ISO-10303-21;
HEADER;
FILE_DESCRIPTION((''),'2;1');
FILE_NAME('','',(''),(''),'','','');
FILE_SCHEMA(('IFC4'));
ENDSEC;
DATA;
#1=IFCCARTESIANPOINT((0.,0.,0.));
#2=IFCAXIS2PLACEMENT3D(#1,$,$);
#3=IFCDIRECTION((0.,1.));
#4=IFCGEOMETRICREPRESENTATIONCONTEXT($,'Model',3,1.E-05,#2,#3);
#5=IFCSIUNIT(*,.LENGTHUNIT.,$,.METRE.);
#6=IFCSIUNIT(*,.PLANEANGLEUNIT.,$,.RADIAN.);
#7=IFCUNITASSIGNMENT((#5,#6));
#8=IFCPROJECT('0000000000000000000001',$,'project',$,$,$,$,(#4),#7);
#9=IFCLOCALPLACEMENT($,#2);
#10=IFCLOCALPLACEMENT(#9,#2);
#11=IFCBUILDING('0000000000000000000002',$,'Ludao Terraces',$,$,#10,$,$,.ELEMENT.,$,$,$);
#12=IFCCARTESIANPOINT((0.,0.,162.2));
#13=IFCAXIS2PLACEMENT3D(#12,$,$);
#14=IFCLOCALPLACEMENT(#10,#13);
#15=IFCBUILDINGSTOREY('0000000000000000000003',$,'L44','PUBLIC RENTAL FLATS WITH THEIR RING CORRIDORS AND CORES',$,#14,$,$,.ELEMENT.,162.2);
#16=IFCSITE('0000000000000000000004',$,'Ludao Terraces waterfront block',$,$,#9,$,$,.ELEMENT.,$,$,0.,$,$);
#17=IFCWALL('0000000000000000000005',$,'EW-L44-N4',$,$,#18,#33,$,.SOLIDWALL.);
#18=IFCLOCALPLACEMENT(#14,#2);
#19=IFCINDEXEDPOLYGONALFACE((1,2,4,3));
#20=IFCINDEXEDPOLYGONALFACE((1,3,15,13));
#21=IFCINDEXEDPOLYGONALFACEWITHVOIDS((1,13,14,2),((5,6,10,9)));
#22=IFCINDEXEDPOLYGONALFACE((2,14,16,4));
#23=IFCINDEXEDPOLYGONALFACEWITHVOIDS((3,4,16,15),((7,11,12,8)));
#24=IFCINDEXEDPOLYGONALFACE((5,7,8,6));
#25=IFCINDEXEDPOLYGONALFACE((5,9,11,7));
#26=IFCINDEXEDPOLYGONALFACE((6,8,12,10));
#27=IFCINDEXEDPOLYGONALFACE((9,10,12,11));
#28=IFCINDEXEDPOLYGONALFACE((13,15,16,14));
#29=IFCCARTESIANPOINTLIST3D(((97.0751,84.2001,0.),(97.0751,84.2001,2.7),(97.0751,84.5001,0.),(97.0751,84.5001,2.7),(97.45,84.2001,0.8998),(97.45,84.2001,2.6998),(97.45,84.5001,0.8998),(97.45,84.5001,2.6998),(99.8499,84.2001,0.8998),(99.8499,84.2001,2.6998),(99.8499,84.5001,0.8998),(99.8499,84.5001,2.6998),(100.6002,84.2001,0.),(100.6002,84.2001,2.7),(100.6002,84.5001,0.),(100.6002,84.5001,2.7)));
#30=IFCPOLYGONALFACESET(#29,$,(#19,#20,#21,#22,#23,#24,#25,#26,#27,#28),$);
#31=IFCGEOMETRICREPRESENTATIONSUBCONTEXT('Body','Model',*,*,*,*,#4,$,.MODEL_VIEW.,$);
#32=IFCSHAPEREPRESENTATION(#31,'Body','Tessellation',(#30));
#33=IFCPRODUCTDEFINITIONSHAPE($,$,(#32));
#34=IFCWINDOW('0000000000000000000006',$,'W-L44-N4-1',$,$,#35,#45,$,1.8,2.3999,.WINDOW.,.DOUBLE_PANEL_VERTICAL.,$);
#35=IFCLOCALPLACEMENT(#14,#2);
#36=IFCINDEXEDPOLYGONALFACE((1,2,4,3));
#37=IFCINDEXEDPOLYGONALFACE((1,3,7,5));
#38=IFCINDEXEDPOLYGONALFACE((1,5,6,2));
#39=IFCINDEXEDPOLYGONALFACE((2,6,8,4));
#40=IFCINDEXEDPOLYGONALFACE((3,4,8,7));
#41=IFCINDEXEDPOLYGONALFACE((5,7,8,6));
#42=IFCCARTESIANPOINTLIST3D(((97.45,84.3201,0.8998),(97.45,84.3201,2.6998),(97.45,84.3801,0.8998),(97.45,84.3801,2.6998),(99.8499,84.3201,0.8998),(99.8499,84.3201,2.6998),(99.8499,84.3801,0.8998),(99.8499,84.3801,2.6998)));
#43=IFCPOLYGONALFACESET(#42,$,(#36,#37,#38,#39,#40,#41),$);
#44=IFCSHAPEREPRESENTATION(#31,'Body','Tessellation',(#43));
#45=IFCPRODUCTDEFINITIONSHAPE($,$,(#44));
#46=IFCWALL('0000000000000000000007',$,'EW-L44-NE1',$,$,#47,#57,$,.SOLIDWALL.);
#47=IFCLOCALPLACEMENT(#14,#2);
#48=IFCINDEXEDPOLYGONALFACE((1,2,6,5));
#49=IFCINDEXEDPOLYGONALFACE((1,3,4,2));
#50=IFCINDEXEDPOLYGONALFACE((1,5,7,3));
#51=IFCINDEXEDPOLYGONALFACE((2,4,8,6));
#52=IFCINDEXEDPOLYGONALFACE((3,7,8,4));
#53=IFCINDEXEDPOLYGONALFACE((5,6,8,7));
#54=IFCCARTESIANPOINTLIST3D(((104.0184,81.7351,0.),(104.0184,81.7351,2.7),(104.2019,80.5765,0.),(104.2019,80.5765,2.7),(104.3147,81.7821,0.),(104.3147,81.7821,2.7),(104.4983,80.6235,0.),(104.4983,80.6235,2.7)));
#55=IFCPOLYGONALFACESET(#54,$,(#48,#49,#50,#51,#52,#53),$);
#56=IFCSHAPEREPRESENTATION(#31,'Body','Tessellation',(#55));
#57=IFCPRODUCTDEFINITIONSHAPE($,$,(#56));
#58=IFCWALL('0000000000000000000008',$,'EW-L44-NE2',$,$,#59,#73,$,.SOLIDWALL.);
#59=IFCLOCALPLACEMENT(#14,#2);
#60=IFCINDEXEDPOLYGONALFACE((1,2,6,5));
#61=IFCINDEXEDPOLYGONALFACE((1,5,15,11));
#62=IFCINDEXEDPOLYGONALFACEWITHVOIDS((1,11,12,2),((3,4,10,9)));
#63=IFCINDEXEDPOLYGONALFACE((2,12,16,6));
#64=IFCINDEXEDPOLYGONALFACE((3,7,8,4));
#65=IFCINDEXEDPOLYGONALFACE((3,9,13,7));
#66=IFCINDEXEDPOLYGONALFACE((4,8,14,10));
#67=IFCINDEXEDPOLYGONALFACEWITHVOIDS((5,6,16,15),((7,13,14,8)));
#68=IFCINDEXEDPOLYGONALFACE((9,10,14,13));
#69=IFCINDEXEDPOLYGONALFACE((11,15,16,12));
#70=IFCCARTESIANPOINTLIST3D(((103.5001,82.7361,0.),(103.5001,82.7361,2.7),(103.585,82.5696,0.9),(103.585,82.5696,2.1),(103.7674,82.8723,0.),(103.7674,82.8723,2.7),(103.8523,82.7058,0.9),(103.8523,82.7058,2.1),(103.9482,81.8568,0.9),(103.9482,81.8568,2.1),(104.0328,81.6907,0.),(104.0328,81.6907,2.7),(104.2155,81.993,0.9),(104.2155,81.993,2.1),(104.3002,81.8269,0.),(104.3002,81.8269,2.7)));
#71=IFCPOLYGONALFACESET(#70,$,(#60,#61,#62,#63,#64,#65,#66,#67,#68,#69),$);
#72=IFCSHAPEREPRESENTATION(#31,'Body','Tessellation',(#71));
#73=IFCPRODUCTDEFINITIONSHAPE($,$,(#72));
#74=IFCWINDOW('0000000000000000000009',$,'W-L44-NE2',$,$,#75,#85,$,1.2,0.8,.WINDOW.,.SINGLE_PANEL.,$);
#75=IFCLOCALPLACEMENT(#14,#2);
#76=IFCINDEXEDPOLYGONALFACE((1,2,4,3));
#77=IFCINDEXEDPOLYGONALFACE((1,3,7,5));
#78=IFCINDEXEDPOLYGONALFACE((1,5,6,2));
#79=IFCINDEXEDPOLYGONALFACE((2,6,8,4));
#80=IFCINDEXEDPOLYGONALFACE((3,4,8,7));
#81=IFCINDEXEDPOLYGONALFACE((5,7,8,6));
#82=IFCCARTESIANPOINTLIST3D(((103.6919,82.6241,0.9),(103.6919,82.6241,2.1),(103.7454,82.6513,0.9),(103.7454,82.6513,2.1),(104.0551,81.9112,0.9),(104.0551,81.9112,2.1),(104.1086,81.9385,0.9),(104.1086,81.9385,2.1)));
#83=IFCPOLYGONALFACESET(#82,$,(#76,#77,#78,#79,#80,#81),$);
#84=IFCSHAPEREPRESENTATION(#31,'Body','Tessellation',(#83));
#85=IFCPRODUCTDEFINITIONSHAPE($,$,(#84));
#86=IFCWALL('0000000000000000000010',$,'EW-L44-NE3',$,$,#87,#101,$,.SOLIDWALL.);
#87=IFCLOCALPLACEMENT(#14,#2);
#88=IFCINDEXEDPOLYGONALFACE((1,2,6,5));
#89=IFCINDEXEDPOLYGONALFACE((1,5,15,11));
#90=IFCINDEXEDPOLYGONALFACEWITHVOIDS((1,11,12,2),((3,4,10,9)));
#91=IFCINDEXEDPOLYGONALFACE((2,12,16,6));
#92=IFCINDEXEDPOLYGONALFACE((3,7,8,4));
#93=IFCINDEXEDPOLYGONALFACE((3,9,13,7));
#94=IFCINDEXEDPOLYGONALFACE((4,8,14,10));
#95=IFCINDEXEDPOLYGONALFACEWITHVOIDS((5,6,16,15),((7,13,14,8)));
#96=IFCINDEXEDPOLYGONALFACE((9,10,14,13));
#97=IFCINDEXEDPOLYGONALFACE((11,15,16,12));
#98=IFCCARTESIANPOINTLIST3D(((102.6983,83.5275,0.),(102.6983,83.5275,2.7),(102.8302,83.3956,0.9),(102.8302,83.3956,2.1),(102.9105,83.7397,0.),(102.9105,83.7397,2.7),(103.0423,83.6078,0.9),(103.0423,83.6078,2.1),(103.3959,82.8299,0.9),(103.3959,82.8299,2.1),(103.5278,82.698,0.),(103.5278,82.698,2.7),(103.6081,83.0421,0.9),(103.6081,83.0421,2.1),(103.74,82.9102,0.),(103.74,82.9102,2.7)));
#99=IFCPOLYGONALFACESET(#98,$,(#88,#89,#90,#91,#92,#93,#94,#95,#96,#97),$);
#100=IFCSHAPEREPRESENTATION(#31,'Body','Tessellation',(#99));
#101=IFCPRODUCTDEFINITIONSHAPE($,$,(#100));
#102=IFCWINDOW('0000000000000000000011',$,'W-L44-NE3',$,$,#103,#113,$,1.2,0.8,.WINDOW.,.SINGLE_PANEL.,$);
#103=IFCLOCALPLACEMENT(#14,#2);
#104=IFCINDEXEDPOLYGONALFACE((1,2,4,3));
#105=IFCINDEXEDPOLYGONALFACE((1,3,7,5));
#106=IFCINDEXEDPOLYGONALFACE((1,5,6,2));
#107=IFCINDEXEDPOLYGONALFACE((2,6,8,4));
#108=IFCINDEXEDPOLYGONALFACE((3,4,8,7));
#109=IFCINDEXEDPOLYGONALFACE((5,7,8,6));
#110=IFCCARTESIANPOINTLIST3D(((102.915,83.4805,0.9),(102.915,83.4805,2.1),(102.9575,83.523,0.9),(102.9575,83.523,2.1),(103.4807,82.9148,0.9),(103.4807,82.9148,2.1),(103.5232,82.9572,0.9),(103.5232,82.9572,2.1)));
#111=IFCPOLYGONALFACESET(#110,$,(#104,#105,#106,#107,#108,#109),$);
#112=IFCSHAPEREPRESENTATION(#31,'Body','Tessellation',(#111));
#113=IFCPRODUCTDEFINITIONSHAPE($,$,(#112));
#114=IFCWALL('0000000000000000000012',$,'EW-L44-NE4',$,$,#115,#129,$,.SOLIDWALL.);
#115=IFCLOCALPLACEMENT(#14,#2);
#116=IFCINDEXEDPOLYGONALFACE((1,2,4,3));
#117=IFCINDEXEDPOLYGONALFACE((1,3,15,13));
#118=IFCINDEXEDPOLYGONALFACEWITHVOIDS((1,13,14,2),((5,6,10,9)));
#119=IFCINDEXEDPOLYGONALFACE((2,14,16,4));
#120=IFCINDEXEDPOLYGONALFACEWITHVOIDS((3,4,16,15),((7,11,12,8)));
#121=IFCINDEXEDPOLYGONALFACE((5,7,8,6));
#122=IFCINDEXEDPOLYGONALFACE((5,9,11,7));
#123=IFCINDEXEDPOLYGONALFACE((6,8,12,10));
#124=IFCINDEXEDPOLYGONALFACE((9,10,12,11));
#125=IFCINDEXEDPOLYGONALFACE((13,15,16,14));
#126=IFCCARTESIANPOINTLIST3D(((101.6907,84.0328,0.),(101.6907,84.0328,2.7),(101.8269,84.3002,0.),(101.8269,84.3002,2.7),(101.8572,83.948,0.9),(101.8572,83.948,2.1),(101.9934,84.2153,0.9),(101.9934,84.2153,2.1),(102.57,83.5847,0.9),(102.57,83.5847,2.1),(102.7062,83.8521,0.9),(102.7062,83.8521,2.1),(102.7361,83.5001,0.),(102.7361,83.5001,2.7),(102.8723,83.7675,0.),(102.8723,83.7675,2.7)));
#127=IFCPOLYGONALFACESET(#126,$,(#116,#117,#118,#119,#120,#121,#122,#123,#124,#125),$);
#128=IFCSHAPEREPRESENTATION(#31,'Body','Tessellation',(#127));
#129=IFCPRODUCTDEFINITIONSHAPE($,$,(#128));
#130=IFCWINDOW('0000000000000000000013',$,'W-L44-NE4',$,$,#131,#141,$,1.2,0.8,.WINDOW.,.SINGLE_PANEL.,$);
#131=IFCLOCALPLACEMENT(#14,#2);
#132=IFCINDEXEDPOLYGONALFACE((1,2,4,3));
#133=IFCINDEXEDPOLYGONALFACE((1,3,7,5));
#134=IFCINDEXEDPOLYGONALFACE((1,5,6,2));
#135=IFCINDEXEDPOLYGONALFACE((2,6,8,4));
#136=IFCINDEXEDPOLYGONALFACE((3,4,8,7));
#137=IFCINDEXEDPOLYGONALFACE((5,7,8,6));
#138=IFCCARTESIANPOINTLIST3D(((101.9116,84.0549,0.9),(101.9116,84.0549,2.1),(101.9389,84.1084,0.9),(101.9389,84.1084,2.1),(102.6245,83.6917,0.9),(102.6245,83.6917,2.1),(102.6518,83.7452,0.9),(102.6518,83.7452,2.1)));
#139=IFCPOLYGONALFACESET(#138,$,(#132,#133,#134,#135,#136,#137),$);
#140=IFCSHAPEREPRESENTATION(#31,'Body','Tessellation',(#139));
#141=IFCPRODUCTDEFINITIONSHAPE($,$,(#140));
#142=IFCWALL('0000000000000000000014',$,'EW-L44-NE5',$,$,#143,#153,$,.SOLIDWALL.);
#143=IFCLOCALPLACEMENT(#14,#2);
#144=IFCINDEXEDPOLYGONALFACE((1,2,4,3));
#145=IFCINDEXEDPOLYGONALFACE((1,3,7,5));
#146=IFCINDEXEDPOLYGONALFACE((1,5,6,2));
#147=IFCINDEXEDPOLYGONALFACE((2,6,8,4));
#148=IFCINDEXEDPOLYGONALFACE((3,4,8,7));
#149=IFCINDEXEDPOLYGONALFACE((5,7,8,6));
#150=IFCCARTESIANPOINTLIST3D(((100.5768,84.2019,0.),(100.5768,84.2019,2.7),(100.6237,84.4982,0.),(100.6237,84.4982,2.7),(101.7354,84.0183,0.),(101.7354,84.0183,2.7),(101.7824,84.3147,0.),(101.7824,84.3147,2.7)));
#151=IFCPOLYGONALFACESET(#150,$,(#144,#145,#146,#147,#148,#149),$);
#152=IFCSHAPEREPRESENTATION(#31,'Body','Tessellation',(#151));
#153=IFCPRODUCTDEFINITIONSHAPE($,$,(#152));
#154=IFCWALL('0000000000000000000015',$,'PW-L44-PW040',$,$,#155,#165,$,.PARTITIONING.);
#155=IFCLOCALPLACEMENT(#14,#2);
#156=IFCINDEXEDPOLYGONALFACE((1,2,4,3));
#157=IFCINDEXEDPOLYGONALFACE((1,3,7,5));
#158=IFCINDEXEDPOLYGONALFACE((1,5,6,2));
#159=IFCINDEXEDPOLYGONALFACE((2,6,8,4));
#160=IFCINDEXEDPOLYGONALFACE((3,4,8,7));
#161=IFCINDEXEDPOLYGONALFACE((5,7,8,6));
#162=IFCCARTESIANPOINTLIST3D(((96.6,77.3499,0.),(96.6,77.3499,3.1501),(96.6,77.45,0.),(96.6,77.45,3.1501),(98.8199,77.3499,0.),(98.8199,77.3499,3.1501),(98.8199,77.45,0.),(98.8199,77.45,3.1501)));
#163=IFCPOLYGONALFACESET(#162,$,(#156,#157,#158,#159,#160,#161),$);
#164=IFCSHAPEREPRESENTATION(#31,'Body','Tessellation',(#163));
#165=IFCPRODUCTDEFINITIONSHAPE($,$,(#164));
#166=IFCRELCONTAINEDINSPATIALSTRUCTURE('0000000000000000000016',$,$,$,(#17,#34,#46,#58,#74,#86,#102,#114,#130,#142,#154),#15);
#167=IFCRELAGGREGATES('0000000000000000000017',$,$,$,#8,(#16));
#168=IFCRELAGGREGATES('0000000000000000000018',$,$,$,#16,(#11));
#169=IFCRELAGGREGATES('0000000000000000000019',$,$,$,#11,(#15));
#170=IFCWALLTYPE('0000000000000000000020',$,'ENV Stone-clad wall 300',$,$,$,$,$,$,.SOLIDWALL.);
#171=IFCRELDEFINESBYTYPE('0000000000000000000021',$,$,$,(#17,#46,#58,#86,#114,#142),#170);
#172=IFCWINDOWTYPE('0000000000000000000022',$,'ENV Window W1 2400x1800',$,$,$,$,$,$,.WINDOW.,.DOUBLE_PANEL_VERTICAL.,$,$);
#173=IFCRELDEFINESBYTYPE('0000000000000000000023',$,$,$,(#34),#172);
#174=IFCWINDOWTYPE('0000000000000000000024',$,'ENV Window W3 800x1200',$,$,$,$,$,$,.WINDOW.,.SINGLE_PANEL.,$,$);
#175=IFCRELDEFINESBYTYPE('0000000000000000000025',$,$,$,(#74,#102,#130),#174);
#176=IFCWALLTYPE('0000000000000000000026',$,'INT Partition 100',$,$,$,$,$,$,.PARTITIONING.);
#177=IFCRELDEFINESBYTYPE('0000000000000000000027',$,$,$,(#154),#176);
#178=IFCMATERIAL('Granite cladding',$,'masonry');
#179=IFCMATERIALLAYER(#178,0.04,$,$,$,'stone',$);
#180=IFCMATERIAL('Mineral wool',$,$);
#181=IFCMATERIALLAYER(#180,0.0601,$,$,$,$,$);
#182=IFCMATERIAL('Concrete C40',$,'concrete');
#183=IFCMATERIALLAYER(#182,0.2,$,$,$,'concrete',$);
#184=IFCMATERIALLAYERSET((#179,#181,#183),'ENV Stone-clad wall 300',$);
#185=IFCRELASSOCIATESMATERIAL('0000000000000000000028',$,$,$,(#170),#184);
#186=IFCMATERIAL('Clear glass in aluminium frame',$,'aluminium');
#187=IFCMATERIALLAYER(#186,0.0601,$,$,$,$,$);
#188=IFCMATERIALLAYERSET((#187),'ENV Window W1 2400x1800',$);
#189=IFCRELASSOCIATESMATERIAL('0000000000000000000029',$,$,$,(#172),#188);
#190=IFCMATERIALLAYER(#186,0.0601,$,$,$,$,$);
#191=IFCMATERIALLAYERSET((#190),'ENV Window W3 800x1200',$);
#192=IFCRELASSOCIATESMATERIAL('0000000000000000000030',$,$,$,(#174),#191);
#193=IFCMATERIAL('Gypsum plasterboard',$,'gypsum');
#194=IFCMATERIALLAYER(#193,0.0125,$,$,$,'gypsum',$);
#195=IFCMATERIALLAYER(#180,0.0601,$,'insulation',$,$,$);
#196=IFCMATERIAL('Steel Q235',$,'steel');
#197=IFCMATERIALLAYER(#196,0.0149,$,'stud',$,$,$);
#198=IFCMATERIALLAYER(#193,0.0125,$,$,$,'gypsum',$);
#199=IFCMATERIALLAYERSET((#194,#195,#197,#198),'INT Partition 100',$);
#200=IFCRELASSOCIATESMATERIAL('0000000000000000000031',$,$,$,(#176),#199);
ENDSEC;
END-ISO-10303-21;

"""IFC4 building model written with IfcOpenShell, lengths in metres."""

from ifc_helpers import new_model, si_unit, direction, frame, frame_2d, origin, place, context, subcontext, project, spatial, rectangle, extrude, material, layer, layer_set, type_object, element, fill, save


model = new_model("IFC4")

# Units and contexts
model_context = context("Model", 3, precision=1e-05, world=origin(), true_north=direction((0.0, 1.0)))
body_context = subcontext(model_context, "Body", "Model", "MODEL_VIEW")
ifc_project = project(units=[si_unit("LENGTHUNIT", "METRE"), si_unit("PLANEANGLEUNIT", "RADIAN")], contexts=[model_context])

# Site, building, storey
site_placement = place(None, origin())
site = spatial("IfcSite", under=ifc_project, at=site_placement, Name="Ludao Terraces waterfront block", CompositionType="ELEMENT", RefElevation=0.0)
building_placement = place(site_placement, origin())
building = spatial("IfcBuilding", under=site, at=building_placement, Name="Ludao Terraces", CompositionType="ELEMENT")
storey_placement = place(building_placement, frame((0.0, 0.0, 162.2)))
storey = spatial("IfcBuildingStorey", under=building, at=storey_placement, Name="L44", Description="PUBLIC RENTAL FLATS WITH THEIR RING CORRIDORS AND CORES", CompositionType="ELEMENT", Elevation=162.2)

# Shared definitions
ifc_material_1 = material(Name="Concrete C40", Category="concrete")

# Shared definitions
ifc_material_2 = material(Name="Steel Q235", Category="steel")

# Shared definitions
ifc_material_3 = material(Name="Granite cladding", Category="masonry")
ifc_layer_1 = layer(ifc_material_3, 0.04, Category="stone")
ifc_material_4 = material(Name="Mineral wool")
ifc_layer_2 = layer(ifc_material_4, 0.0601)
ifc_layer_3 = layer(ifc_material_1, 0.2, Category="concrete")
ifc_layer_set_1 = layer_set([ifc_layer_1, ifc_layer_2, ifc_layer_3], Name="ENV Stone-clad wall 300")
wall_type_1 = type_object("IfcWallType", Name="ENV Stone-clad wall 300", PredefinedType="SOLIDWALL", material=ifc_layer_set_1)
ifc_material_5 = material(Name="Clear glass in aluminium frame", Category="aluminium")
ifc_layer_4 = layer(ifc_material_5, 0.0601)
ifc_layer_set_2 = layer_set([ifc_layer_4], Name="ENV Window W1 2400x1800")
window_type_1 = type_object("IfcWindowType", Name="ENV Window W1 2400x1800", PartitioningType="DOUBLE_PANEL_VERTICAL", PredefinedType="WINDOW", material=ifc_layer_set_2)

# Wall, opening, window
wall_1_placement = place(storey_placement, frame((97.075, 84.3501, 0.0), z_axis=(0.0, 0.0, 1.0), x_axis=(1.0, 0.0, 0.0)))
wall_1 = element("IfcWall", 1, at=wall_1_placement, inside=storey, type_object=wall_type_1, Name="EW-L44-N4", PredefinedType="SOLIDWALL", context=body_context, shape_type="SweptSolid", body=[
    extrude(rectangle(XDim=3.5251, YDim=0.3, at=frame_2d((1.7627, 0.0))), origin(), (0.0, 0.0, 1.0), 2.7),
])
opening_1_placement = place(wall_1_placement, frame((0.375, 0.0, 0.8999)))
opening_1 = element("IfcOpeningElement", 2, at=opening_1_placement, cuts=wall_1, PredefinedType="OPENING", context=body_context, shape_type="SweptSolid", body=[
    extrude(rectangle(XDim=2.3999, YDim=1.8, at=frame_2d((1.2, 0.8999))), frame((0.0, 0.1602, 0.0), z_axis=(0.0, -1.0, 0.0), x_axis=(1.0, 0.0, 0.0)), (0.0, 0.0, 1.0), 0.3201),
])
window_1_placement = place(opening_1_placement, origin())
window_1 = element("IfcWindow", 3, at=window_1_placement, inside=storey, type_object=window_type_1, Name="W-L44-N4-1", OverallHeight=1.8, OverallWidth=2.3999, PartitioningType="DOUBLE_PANEL_VERTICAL", PredefinedType="WINDOW", context=body_context, shape_type="SweptSolid", body=[
    extrude(rectangle(XDim=2.3999, YDim=1.8, at=frame_2d((1.2, 0.8999))), frame((0.0, 0.03, 0.0), z_axis=(0.0, -1.0, 0.0), x_axis=(1.0, 0.0, 0.0)), (0.0, 0.0, 1.0), 0.0601),
])
fill(opening_1, window_1)

# Wall
wall_2_placement = place(storey_placement, frame((104.3501, 80.6001, 0.0), z_axis=(0.0, 0.0, 1.0), x_axis=(-0.156497, 0.987678, 0.0)))
element("IfcWall", 4, at=wall_2_placement, inside=storey, type_object=wall_type_1, Name="EW-L44-NE1", PredefinedType="SOLIDWALL", context=body_context, shape_type="SweptSolid", body=[
    extrude(rectangle(XDim=1.1731, YDim=0.3, at=frame_2d((0.5864, 0.0))), origin(), (0.0, 0.0, 1.0), 2.7),
])

# Walls, openings, windows
wall_3_placement = place(storey_placement, frame((104.1665, 81.7588, 0.0), z_axis=(0.0, 0.0, 1.0), x_axis=(-0.454026, 0.890989, 0.0)))
wall_3 = element("IfcWall", 5, at=wall_3_placement, inside=storey, type_object=wall_type_1, Name="EW-L44-NE2", PredefinedType="SOLIDWALL", context=body_context, shape_type="SweptSolid", body=[
    extrude(rectangle(XDim=1.1733, YDim=0.3, at=frame_2d((0.5867, 0.0))), origin(), (0.0, 0.0, 1.0), 2.7),
])
opening_2_placement = place(wall_3_placement, frame((0.1865, 0.0, 0.8999)))
opening_2 = element("IfcOpeningElement", 6, at=opening_2_placement, cuts=wall_3, PredefinedType="OPENING", context=body_context, shape_type="SweptSolid", body=[
    extrude(rectangle(XDim=0.8, YDim=1.2, at=frame_2d((0.3999, 0.6001))), frame((0.0, 0.1602, 0.0), z_axis=(0.0, -1.0, 0.0), x_axis=(1.0, 0.0, 0.0)), (0.0, 0.0, 1.0), 0.3201),
])
ifc_layer_5 = layer(ifc_material_5, 0.0601)
ifc_layer_set_3 = layer_set([ifc_layer_5], Name="ENV Window W3 800x1200")
window_type_2 = type_object("IfcWindowType", Name="ENV Window W3 800x1200", PartitioningType="SINGLE_PANEL", PredefinedType="WINDOW", material=ifc_layer_set_3)
window_2_placement = place(opening_2_placement, origin())
window_2 = element("IfcWindow", 7, at=window_2_placement, inside=storey, type_object=window_type_2, Name="W-L44-NE2", OverallHeight=1.2, OverallWidth=0.8, PartitioningType="SINGLE_PANEL", PredefinedType="WINDOW", context=body_context, shape_type="SweptSolid", body=[
    extrude(rectangle(XDim=0.8, YDim=1.2, at=frame_2d((0.3999, 0.6001))), frame((0.0, 0.03, 0.0), z_axis=(0.0, -1.0, 0.0), x_axis=(1.0, 0.0, 0.0)), (0.0, 0.0, 1.0), 0.0601),
])
fill(opening_2, window_2)
wall_4_placement = place(storey_placement, frame((103.6338, 82.8042, 0.0), z_axis=(0.0, 0.0, 1.0), x_axis=(-0.707107, 0.707107, 0.0)))
wall_4 = element("IfcWall", 8, at=wall_4_placement, inside=storey, type_object=wall_type_1, Name="EW-L44-NE3", PredefinedType="SOLIDWALL", context=body_context, shape_type="SweptSolid", body=[
    extrude(rectangle(XDim=1.1731, YDim=0.3, at=frame_2d((0.5864, 0.0))), origin(), (0.0, 0.0, 1.0), 2.7),
])
opening_3_placement = place(wall_4_placement, frame((0.1865, 0.0, 0.8999)))
opening_3 = element("IfcOpeningElement", 9, at=opening_3_placement, cuts=wall_4, PredefinedType="OPENING", context=body_context, shape_type="SweptSolid", body=[
    extrude(rectangle(XDim=0.8, YDim=1.2, at=frame_2d((0.3999, 0.6001))), frame((0.0, 0.1602, 0.0), z_axis=(0.0, -1.0, 0.0), x_axis=(1.0, 0.0, 0.0)), (0.0, 0.0, 1.0), 0.3201),
])
window_3_placement = place(opening_3_placement, origin())
window_3 = element("IfcWindow", 10, at=window_3_placement, inside=storey, type_object=window_type_2, Name="W-L44-NE3", OverallHeight=1.2, OverallWidth=0.8, PartitioningType="SINGLE_PANEL", PredefinedType="WINDOW", context=body_context, shape_type="SweptSolid", body=[
    extrude(rectangle(XDim=0.8, YDim=1.2, at=frame_2d((0.3999, 0.6001))), frame((0.0, 0.03, 0.0), z_axis=(0.0, -1.0, 0.0), x_axis=(1.0, 0.0, 0.0)), (0.0, 0.0, 1.0), 0.0601),
])
fill(opening_3, window_3)
wall_5_placement = place(storey_placement, frame((102.8042, 83.6338, 0.0), z_axis=(0.0, 0.0, 1.0), x_axis=(-0.890989, 0.454026, 0.0)))
wall_5 = element("IfcWall", 11, at=wall_5_placement, inside=storey, type_object=wall_type_1, Name="EW-L44-NE4", PredefinedType="SOLIDWALL", context=body_context, shape_type="SweptSolid", body=[
    extrude(rectangle(XDim=1.1733, YDim=0.3, at=frame_2d((0.5867, 0.0))), origin(), (0.0, 0.0, 1.0), 2.7),
])
opening_4_placement = place(wall_5_placement, frame((0.1865, 0.0, 0.8999)))
opening_4 = element("IfcOpeningElement", 12, at=opening_4_placement, cuts=wall_5, PredefinedType="OPENING", context=body_context, shape_type="SweptSolid", body=[
    extrude(rectangle(XDim=0.8, YDim=1.2, at=frame_2d((0.3999, 0.6001))), frame((0.0, 0.1602, 0.0), z_axis=(0.0, -1.0, 0.0), x_axis=(1.0, 0.0, 0.0)), (0.0, 0.0, 1.0), 0.3201),
])
window_4_placement = place(opening_4_placement, origin())
window_4 = element("IfcWindow", 13, at=window_4_placement, inside=storey, type_object=window_type_2, Name="W-L44-NE4", OverallHeight=1.2, OverallWidth=0.8, PartitioningType="SINGLE_PANEL", PredefinedType="WINDOW", context=body_context, shape_type="SweptSolid", body=[
    extrude(rectangle(XDim=0.8, YDim=1.2, at=frame_2d((0.3999, 0.6001))), frame((0.0, 0.03, 0.0), z_axis=(0.0, -1.0, 0.0), x_axis=(1.0, 0.0, 0.0)), (0.0, 0.0, 1.0), 0.0601),
])
fill(opening_4, window_4)

# Walls
wall_6_placement = place(storey_placement, frame((101.7588, 84.1665, 0.0), z_axis=(0.0, 0.0, 1.0), x_axis=(-0.987678, 0.156497, 0.0)))
element("IfcWall", 14, at=wall_6_placement, inside=storey, type_object=wall_type_1, Name="EW-L44-NE5", PredefinedType="SOLIDWALL", context=body_context, shape_type="SweptSolid", body=[
    extrude(rectangle(XDim=1.1731, YDim=0.3, at=frame_2d((0.5864, 0.0))), origin(), (0.0, 0.0, 1.0), 2.7),
])
ifc_material_6 = material(Name="Gypsum plasterboard", Category="gypsum")
ifc_layer_6 = layer(ifc_material_6, 0.0125, Category="gypsum")
ifc_layer_7 = layer(ifc_material_4, 0.0601, Name="insulation")
ifc_layer_8 = layer(ifc_material_2, 0.0149, Name="stud")
ifc_layer_9 = layer(ifc_material_6, 0.0125, Category="gypsum")
ifc_layer_set_4 = layer_set([ifc_layer_6, ifc_layer_7, ifc_layer_8, ifc_layer_9], Name="INT Partition 100")
wall_type_2 = type_object("IfcWallType", Name="INT Partition 100", PredefinedType="PARTITIONING", material=ifc_layer_set_4)
for number, where, z_axis, x_axis, name in (
    (15, (96.6001, 77.3999, 0.0), (0.0, 0.0, 1.0), (1.0, 0.0, 0.0), "PW-L44-PW040"),
):
    element("IfcWall", number, at=place(storey_placement, frame(where, z_axis=z_axis, x_axis=x_axis)), inside=storey, type_object=wall_type_2, Name=name, PredefinedType="PARTITIONING", context=body_context, shape_type="SweptSolid", body=[
        extrude(rectangle(XDim=2.22, YDim=0.1001, at=frame_2d((1.1099, 0.0))), origin(), (0.0, 0.0, 1.0), 3.1501),
    ])

save(model, "model.ifc")
